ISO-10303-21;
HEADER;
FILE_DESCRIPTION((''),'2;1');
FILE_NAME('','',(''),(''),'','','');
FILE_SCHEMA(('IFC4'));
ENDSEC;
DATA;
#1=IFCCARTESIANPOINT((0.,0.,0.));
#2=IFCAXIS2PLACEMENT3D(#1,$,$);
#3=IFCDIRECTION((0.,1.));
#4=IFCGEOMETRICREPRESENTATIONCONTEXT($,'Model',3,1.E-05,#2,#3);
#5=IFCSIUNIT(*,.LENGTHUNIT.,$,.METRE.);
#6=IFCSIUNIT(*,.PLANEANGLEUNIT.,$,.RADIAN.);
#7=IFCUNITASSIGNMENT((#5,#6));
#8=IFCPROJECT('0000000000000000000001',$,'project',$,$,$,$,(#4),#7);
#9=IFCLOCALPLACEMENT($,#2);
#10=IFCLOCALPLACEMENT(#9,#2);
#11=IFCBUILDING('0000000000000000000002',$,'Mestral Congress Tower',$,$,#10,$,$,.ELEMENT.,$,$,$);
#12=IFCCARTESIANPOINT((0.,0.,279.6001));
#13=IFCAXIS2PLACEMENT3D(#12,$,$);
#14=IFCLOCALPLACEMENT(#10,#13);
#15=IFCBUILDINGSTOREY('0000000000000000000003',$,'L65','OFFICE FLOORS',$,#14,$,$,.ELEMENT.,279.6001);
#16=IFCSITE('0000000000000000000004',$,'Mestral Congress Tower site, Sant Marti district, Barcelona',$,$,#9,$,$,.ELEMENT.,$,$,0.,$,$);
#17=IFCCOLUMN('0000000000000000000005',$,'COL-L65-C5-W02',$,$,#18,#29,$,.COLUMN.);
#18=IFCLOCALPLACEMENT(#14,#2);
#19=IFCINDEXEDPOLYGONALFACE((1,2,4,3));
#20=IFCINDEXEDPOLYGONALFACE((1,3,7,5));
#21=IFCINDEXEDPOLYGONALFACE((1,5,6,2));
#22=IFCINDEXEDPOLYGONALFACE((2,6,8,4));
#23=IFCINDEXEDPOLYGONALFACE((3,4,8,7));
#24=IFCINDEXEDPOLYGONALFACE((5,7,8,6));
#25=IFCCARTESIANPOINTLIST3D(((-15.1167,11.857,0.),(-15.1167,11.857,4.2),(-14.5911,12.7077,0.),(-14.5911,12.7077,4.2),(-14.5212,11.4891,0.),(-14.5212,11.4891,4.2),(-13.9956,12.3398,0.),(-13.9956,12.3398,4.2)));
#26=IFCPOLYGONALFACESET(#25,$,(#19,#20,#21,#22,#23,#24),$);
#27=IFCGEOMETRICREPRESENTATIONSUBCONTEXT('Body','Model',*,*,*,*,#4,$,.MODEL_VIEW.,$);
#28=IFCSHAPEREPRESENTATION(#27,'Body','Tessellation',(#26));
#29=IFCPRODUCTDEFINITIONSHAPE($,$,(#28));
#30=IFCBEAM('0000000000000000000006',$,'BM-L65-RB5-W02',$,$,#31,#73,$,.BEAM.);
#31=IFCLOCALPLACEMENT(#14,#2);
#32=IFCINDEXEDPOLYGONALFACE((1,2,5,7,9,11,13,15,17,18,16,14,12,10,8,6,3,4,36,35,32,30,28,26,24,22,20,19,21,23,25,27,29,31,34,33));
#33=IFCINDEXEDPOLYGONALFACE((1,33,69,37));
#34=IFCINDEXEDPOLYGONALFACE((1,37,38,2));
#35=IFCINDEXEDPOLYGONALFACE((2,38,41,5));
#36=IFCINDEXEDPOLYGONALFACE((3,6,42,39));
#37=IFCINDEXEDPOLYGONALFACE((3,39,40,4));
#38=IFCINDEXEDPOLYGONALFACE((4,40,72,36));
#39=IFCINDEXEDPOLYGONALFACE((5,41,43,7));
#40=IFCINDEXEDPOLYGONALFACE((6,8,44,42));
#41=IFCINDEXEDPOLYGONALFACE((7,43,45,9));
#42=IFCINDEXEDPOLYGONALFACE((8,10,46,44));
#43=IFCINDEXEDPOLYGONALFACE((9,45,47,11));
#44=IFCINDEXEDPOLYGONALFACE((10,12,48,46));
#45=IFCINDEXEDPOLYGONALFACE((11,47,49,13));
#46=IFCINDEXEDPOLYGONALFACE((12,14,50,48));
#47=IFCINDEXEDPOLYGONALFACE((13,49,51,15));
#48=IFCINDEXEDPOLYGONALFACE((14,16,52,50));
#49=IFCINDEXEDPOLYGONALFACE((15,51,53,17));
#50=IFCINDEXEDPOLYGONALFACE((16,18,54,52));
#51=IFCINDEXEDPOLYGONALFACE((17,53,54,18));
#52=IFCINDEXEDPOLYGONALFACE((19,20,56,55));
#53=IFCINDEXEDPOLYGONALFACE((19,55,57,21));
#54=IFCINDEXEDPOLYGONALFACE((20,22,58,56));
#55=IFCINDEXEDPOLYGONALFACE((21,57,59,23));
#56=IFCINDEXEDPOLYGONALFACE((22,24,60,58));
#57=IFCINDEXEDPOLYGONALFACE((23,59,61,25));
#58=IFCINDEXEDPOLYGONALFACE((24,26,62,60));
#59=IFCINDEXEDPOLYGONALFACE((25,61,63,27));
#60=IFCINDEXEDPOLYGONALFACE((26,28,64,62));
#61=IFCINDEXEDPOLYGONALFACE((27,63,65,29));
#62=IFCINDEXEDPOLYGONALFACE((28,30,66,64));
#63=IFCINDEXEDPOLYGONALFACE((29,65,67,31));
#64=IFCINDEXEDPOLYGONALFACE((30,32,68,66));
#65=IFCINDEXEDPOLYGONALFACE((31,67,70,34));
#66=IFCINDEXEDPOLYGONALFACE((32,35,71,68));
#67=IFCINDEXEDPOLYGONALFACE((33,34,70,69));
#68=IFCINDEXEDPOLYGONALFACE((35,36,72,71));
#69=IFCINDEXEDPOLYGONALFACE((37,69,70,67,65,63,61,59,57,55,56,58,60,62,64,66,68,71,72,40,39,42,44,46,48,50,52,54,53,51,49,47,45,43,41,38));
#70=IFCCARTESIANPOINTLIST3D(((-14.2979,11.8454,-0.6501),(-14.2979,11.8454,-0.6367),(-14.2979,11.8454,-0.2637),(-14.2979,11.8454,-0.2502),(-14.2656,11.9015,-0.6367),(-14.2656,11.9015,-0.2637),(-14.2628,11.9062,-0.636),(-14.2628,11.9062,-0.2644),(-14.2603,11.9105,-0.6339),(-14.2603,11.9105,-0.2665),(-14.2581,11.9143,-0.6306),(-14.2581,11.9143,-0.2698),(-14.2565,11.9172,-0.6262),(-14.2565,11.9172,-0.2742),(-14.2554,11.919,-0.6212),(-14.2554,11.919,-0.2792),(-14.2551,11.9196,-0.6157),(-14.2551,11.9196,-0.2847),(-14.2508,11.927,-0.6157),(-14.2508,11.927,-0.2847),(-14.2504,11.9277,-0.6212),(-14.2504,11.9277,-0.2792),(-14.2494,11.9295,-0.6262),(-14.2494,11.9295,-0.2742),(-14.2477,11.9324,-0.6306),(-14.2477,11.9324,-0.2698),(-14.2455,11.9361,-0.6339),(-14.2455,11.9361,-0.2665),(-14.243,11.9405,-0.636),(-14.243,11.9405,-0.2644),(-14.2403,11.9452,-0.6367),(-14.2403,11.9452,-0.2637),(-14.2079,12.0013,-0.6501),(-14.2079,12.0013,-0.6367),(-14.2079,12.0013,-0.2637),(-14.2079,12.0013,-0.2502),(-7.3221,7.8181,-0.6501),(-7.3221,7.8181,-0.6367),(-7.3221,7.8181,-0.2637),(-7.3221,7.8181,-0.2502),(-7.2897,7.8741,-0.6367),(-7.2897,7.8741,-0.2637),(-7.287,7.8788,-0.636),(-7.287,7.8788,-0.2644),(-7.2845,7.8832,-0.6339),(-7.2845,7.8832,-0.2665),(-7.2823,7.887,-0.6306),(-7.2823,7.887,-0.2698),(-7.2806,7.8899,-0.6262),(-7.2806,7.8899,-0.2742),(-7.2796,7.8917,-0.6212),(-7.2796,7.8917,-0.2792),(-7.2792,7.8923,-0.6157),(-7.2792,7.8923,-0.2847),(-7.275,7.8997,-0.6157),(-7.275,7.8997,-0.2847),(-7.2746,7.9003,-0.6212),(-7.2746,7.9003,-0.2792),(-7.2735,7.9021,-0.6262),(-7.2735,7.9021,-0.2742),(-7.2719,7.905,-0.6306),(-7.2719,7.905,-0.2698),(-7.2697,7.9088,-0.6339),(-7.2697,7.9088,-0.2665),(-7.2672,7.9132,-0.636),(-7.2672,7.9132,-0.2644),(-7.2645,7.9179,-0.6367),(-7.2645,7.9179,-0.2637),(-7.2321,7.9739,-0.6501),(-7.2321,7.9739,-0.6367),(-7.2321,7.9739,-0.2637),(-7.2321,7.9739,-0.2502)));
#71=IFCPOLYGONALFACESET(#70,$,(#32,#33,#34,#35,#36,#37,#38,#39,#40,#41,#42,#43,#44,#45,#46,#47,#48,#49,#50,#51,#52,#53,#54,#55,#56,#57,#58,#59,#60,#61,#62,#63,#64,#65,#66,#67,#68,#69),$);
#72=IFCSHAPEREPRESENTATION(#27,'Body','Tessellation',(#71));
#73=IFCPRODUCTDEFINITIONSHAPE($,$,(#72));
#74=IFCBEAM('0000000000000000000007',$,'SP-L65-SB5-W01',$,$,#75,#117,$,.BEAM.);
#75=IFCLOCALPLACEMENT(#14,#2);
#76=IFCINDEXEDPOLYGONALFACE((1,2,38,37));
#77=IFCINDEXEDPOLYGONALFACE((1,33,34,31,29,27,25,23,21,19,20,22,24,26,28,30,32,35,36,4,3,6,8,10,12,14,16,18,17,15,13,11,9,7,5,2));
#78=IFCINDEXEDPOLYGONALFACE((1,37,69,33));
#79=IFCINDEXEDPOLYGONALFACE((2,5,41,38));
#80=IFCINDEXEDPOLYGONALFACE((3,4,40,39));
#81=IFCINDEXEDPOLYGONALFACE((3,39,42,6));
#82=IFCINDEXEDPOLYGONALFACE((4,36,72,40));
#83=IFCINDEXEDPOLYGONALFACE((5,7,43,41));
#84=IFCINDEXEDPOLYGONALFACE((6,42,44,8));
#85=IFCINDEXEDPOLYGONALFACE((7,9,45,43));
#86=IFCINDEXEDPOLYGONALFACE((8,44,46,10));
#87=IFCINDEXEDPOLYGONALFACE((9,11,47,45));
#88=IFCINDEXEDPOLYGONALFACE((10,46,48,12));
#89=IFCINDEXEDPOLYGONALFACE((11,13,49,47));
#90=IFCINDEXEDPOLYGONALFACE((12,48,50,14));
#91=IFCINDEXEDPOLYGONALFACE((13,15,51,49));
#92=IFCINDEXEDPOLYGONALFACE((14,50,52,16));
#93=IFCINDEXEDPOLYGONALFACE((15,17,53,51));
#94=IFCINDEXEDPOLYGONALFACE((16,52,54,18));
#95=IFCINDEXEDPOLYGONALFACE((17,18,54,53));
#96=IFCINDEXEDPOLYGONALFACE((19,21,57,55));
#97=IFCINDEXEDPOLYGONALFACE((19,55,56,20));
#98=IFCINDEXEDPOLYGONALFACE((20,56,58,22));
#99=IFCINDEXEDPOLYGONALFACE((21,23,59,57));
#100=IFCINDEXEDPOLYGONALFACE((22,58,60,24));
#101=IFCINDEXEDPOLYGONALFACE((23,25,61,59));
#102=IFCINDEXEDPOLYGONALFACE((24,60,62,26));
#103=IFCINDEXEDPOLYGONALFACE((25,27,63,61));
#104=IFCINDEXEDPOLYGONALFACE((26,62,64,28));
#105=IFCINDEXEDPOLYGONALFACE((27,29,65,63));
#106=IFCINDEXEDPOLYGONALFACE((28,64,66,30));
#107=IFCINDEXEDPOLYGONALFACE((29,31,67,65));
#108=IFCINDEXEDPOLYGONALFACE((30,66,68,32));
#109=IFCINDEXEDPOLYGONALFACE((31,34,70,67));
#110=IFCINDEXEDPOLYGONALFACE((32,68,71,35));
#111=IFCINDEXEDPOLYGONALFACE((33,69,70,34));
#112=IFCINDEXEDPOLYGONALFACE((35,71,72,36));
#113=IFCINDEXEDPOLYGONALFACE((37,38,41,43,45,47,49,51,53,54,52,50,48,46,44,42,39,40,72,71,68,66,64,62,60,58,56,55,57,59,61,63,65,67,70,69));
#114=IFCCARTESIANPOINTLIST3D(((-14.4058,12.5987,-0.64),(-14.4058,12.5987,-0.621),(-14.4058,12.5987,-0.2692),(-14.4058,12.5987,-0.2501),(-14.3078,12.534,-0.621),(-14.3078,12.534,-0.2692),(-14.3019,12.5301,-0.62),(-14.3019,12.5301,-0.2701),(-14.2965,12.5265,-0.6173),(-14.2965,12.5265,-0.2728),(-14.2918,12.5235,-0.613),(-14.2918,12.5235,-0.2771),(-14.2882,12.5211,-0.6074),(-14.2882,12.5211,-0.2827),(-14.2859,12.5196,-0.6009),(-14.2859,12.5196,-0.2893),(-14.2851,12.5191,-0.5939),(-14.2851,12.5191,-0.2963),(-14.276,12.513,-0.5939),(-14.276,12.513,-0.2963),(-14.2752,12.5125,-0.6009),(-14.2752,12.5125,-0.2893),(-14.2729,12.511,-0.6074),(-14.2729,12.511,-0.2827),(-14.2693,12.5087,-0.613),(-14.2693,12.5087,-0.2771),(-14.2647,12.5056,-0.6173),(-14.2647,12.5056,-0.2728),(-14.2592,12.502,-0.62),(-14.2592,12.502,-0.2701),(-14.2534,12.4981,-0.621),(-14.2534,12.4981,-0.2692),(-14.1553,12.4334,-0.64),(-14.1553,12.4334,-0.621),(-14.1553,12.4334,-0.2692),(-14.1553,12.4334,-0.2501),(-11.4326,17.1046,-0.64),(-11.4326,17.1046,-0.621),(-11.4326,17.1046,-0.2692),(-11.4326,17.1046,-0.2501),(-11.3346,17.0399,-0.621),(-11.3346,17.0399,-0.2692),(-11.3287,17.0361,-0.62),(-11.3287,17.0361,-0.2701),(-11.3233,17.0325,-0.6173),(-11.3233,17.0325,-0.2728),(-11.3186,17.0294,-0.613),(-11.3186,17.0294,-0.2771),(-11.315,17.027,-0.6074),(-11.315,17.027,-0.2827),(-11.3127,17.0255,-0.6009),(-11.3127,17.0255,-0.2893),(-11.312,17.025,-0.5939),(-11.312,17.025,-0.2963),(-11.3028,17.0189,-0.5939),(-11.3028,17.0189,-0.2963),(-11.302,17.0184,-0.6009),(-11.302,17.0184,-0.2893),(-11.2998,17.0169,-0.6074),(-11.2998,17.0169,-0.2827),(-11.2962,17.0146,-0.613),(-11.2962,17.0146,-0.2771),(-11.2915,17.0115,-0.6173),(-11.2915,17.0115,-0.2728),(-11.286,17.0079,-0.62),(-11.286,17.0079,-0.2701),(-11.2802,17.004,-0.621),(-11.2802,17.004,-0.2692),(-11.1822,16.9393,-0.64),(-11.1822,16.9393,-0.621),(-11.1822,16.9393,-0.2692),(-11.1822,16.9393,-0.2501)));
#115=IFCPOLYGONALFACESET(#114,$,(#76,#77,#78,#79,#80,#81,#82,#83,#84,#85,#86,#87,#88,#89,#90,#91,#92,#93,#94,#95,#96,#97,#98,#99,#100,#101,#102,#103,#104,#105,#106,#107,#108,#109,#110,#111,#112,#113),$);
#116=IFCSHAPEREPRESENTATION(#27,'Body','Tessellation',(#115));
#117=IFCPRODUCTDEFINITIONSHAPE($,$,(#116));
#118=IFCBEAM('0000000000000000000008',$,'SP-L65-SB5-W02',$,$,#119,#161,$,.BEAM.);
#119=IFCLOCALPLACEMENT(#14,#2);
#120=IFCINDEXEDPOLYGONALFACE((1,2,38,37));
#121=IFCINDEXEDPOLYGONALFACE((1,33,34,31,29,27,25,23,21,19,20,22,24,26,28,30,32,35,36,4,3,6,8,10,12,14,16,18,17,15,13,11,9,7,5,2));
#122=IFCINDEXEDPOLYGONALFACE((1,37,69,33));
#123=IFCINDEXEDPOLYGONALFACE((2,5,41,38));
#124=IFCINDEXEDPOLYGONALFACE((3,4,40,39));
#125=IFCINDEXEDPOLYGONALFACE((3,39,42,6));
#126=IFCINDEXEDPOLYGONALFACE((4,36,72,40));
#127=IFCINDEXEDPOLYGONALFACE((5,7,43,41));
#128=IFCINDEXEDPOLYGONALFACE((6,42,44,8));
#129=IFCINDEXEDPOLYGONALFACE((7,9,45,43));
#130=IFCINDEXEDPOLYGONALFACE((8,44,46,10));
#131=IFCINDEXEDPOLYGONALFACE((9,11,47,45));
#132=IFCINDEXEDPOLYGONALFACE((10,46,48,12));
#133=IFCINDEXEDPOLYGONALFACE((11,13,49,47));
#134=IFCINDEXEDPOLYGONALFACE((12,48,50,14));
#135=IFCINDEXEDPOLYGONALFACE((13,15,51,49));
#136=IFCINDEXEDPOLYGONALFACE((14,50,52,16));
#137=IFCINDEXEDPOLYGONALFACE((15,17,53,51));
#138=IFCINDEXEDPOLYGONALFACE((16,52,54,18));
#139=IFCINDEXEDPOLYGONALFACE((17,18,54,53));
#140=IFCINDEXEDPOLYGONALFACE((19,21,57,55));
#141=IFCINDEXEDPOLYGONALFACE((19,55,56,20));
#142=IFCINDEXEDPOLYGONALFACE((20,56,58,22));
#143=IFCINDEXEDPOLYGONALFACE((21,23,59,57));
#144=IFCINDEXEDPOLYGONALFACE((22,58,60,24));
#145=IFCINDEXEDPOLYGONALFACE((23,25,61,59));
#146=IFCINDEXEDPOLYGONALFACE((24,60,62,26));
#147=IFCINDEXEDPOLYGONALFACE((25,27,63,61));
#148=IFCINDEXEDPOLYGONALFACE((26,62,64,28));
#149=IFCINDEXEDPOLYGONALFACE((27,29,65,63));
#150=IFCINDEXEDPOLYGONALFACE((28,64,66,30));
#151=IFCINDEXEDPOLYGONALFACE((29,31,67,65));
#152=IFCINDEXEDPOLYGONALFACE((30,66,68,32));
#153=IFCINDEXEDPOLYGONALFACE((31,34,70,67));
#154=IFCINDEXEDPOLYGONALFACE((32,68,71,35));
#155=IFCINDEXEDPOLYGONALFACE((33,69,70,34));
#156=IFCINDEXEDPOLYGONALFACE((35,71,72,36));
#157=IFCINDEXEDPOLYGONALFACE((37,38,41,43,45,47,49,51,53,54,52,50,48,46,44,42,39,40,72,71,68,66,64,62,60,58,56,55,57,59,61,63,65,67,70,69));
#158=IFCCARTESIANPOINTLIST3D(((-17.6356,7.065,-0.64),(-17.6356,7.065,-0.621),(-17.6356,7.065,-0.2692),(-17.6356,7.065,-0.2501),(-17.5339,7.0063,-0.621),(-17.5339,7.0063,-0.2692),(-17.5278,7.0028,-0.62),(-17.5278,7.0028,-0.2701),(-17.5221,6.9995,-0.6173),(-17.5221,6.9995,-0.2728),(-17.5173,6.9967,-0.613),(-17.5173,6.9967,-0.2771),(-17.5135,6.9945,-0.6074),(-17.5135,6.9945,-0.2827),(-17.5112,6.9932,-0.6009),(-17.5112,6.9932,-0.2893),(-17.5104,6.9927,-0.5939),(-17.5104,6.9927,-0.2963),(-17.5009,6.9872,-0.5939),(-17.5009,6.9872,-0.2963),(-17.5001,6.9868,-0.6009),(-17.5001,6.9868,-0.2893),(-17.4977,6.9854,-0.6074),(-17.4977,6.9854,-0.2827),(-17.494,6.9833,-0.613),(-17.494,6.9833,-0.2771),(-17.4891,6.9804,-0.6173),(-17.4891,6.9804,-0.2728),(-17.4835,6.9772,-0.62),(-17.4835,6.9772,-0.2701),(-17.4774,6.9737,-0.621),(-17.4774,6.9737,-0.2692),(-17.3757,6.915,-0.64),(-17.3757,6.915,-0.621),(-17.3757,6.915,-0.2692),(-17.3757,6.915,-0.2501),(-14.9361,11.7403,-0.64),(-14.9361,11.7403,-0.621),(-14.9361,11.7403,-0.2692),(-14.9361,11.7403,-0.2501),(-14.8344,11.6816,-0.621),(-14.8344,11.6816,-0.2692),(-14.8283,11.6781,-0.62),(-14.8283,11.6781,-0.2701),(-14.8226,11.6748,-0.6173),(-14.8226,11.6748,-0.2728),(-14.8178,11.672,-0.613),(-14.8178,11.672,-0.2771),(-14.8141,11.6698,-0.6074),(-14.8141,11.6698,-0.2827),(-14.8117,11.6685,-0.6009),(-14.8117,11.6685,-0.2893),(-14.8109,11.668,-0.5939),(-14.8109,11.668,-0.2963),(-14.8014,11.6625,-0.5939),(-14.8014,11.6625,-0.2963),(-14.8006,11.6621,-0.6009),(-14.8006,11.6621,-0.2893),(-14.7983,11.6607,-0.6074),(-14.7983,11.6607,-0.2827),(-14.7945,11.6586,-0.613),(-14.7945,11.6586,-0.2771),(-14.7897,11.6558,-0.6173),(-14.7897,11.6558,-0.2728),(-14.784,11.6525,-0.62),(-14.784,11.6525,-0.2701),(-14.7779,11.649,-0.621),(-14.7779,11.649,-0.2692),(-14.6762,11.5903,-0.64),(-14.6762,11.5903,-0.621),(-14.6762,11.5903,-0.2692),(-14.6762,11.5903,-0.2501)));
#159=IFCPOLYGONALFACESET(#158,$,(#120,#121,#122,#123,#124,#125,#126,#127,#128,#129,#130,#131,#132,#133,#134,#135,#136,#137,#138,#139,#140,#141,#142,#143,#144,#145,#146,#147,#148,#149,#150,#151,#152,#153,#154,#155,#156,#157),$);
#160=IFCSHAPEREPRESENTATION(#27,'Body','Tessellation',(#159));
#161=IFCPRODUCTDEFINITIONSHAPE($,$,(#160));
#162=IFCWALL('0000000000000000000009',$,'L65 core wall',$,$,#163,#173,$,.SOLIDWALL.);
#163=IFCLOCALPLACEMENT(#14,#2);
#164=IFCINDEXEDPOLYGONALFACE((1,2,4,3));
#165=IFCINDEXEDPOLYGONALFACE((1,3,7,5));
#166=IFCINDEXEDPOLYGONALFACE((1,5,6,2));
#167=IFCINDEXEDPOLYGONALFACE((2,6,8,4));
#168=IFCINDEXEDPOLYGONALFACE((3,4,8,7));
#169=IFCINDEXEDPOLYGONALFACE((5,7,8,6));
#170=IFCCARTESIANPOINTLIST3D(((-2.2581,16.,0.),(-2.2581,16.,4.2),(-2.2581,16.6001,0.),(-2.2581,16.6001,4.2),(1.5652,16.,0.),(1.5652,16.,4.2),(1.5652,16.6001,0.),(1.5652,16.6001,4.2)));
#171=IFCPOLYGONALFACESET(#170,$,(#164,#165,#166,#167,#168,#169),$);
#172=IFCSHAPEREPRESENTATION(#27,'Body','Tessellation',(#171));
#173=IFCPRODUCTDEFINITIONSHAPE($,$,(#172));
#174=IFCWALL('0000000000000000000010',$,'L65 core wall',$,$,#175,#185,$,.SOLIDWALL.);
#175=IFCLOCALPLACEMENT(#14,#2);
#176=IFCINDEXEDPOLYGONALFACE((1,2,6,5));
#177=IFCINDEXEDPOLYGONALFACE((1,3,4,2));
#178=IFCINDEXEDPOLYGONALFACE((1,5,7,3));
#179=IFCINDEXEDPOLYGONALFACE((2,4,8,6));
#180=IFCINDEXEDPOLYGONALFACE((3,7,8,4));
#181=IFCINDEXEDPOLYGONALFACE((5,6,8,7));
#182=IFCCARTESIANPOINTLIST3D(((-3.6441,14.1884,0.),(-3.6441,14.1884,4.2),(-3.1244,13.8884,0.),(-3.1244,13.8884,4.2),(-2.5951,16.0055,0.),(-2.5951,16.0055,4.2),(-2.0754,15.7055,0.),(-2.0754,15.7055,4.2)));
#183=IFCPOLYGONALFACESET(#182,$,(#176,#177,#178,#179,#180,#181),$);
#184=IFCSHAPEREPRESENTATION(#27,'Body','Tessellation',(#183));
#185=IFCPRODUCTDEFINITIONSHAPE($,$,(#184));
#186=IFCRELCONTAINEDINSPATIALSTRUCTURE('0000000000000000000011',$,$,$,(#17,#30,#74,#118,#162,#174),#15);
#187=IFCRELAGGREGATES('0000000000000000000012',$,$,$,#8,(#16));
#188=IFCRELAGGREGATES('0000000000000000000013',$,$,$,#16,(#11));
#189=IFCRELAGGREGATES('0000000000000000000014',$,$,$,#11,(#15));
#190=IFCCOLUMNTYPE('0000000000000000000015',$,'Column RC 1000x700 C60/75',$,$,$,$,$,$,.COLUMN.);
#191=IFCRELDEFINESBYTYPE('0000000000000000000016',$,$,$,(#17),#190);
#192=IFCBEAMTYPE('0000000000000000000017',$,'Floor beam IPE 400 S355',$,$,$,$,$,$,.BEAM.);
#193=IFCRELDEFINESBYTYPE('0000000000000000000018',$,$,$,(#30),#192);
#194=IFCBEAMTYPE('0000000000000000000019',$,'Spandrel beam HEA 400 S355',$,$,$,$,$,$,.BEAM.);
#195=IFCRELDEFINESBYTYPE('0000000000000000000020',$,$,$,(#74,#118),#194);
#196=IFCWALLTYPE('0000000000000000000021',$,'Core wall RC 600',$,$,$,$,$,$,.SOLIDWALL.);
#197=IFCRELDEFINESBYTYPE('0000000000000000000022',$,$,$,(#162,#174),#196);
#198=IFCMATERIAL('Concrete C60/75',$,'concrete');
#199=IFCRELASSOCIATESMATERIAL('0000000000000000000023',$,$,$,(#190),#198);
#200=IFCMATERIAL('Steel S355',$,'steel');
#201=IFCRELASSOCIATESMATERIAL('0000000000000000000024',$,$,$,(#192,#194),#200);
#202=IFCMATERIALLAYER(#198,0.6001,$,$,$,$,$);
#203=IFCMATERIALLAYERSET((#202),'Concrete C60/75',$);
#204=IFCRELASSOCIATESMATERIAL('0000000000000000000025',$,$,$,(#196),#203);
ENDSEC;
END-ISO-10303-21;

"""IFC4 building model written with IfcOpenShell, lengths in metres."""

from ifc_helpers import new_model, si_unit, direction, frame, frame_2d, origin, origin_2d, place, context, subcontext, project, spatial, rectangle, i_section, extrude, material, layer, layer_set, material_profile, profile_set, type_object, element, save


model = new_model("IFC4")

# Units and contexts
model_context = context("Model", 3, precision=1e-05, world=origin(), true_north=direction((0.0, 1.0)))
body_context = subcontext(model_context, "Body", "Model", "MODEL_VIEW")
ifc_project = project(units=[si_unit("LENGTHUNIT", "METRE"), si_unit("PLANEANGLEUNIT", "RADIAN")], contexts=[model_context])

# Site, building, storey
site_placement = place(None, origin())
site = spatial("IfcSite", under=ifc_project, at=site_placement, Name="Mestral Congress Tower site, Sant Marti district, Barcelona", CompositionType="ELEMENT", RefElevation=0.0)
building_placement = place(site_placement, origin())
building = spatial("IfcBuilding", under=site, at=building_placement, Name="Mestral Congress Tower", CompositionType="ELEMENT")
storey_placement = place(building_placement, frame((0.0, 0.0, 279.6001)))
storey = spatial("IfcBuildingStorey", under=building, at=storey_placement, Name="L65", Description="OFFICE FLOORS", CompositionType="ELEMENT", Elevation=279.6001)

# Column
ifc_material_1 = material(Name="Concrete C60/75", Category="concrete")
ifc_material_profile_1 = material_profile(ifc_material_1, rectangle(XDim=1.0, YDim=0.7, at=origin_2d()), Name="RC 1000x700")
ifc_profile_set_1 = profile_set([ifc_material_profile_1], Name="Concrete C60/75")
column_type = type_object("IfcColumnType", Name="Column RC 1000x700 C60/75", PredefinedType="COLUMN", material=ifc_profile_set_1)
column_placement = place(storey_placement, frame((-14.5562, 12.0984, 0.0), z_axis=(0.0, 0.0, 1.0), x_axis=(-0.52561, -0.850726, 0.0)))
element("IfcColumn", 1, at=column_placement, inside=storey, type_object=column_type, Name="COL-L65-C5-W02", PredefinedType="COLUMN", context=body_context, shape_type="SweptSolid", body=[
    extrude(rectangle(XDim=1.0, YDim=0.7, at=origin_2d()), origin(), (0.0, 0.0, 1.0), 4.2),
])

# Beams
ifc_material_2 = material(Name="Steel S355", Category="steel")
ifc_material_profile_2 = material_profile(ifc_material_2, i_section(OverallWidth=0.1799, OverallDepth=0.3999, WebThickness=0.0085, FlangeThickness=0.0134, FilletRadius=0.021, at=origin_2d()), Name="IPE 400")
ifc_profile_set_2 = profile_set([ifc_material_profile_2], Name="Steel S355")
beam_type_1 = type_object("IfcBeamType", Name="Floor beam IPE 400 S355", PredefinedType="BEAM", material=ifc_profile_set_2)
beam_1_placement = place(storey_placement, frame((-14.2529, 11.9233, -0.4502), z_axis=(0.866034, -0.499986, 0.0), x_axis=(0.499986, 0.866034, 0.0)))
element("IfcBeam", 2, at=beam_1_placement, inside=storey, type_object=beam_type_1, Name="BM-L65-RB5-W02", PredefinedType="BEAM", context=body_context, shape_type="SweptSolid", body=[
    extrude(i_section(OverallWidth=0.1799, OverallDepth=0.3999, WebThickness=0.0085, FlangeThickness=0.0134, FilletRadius=0.021, at=origin_2d()), origin(), (0.0, 0.0, 1.0), 8.0549),
])
ifc_material_profile_3 = material_profile(ifc_material_2, i_section(OverallWidth=0.3, OverallDepth=0.3899, WebThickness=0.011, FlangeThickness=0.019, FilletRadius=0.0271, at=origin_2d()), Name="HEA 400")
ifc_profile_set_3 = profile_set([ifc_material_profile_3], Name="Steel S355")
beam_type_2 = type_object("IfcBeamType", Name="Spandrel beam HEA 400 S355", PredefinedType="BEAM", material=ifc_profile_set_3)
beam_2_placement = place(storey_placement, frame((-11.3074, 17.022, -0.4451), z_axis=(-0.550749, -0.834671, 0.0), x_axis=(0.834671, -0.550749, 0.0)))
element("IfcBeam", 3, at=beam_2_placement, inside=storey, type_object=beam_type_2, Name="SP-L65-SB5-W01", PredefinedType="BEAM", context=body_context, shape_type="SweptSolid", body=[
    extrude(i_section(OverallWidth=0.3, OverallDepth=0.3899, WebThickness=0.011, FlangeThickness=0.019, FilletRadius=0.0271, at=origin_2d()), origin(), (0.0, 0.0, 1.0), 5.3984),
])
beam_3_placement = place(storey_placement, frame((-14.8062, 11.6653, -0.4451), z_axis=(-0.500025, -0.866011, 0.0), x_axis=(0.866011, -0.500025, 0.0)))
element("IfcBeam", 4, at=beam_3_placement, inside=storey, type_object=beam_type_2, Name="SP-L65-SB5-W02", PredefinedType="BEAM", context=body_context, shape_type="SweptSolid", body=[
    extrude(i_section(OverallWidth=0.3, OverallDepth=0.3899, WebThickness=0.011, FlangeThickness=0.019, FilletRadius=0.0271, at=origin_2d()), origin(), (0.0, 0.0, 1.0), 5.3987),
])

# Walls
ifc_layer_1 = layer(ifc_material_1, 0.6001)
ifc_layer_set_1 = layer_set([ifc_layer_1], Name="Concrete C60/75")
wall_type_1 = type_object("IfcWallType", Name="Core wall RC 600", PredefinedType="SOLIDWALL", material=ifc_layer_set_1)
wall_1_placement = place(storey_placement, frame((-2.2581, 16.3, 0.0), z_axis=(0.0, 0.0, 1.0), x_axis=(1.0, 0.0, 0.0)))
element("IfcWall", 5, at=wall_1_placement, inside=storey, type_object=wall_type_1, Name="L65 core wall", PredefinedType="SOLIDWALL", context=body_context, shape_type="SweptSolid", body=[
    extrude(rectangle(XDim=3.8232, YDim=0.6001, at=frame_2d((1.9116, 0.0))), origin(), (0.0, 0.0, 1.0), 4.2),
])
wall_2_placement = place(storey_placement, frame((-2.3352, 15.8555, 0.0), z_axis=(0.0, 0.0, 1.0), x_axis=(-0.499981, -0.866036, 0.0)))
element("IfcWall", 6, at=wall_2_placement, inside=storey, type_object=wall_type_1, Name="L65 core wall", PredefinedType="SOLIDWALL", context=body_context, shape_type="SweptSolid", body=[
    extrude(rectangle(XDim=2.0981, YDim=0.6001, at=frame_2d((1.0491, 0.0))), origin(), (0.0, 0.0, 1.0), 4.2),
])

save(model, "model.ifc")
